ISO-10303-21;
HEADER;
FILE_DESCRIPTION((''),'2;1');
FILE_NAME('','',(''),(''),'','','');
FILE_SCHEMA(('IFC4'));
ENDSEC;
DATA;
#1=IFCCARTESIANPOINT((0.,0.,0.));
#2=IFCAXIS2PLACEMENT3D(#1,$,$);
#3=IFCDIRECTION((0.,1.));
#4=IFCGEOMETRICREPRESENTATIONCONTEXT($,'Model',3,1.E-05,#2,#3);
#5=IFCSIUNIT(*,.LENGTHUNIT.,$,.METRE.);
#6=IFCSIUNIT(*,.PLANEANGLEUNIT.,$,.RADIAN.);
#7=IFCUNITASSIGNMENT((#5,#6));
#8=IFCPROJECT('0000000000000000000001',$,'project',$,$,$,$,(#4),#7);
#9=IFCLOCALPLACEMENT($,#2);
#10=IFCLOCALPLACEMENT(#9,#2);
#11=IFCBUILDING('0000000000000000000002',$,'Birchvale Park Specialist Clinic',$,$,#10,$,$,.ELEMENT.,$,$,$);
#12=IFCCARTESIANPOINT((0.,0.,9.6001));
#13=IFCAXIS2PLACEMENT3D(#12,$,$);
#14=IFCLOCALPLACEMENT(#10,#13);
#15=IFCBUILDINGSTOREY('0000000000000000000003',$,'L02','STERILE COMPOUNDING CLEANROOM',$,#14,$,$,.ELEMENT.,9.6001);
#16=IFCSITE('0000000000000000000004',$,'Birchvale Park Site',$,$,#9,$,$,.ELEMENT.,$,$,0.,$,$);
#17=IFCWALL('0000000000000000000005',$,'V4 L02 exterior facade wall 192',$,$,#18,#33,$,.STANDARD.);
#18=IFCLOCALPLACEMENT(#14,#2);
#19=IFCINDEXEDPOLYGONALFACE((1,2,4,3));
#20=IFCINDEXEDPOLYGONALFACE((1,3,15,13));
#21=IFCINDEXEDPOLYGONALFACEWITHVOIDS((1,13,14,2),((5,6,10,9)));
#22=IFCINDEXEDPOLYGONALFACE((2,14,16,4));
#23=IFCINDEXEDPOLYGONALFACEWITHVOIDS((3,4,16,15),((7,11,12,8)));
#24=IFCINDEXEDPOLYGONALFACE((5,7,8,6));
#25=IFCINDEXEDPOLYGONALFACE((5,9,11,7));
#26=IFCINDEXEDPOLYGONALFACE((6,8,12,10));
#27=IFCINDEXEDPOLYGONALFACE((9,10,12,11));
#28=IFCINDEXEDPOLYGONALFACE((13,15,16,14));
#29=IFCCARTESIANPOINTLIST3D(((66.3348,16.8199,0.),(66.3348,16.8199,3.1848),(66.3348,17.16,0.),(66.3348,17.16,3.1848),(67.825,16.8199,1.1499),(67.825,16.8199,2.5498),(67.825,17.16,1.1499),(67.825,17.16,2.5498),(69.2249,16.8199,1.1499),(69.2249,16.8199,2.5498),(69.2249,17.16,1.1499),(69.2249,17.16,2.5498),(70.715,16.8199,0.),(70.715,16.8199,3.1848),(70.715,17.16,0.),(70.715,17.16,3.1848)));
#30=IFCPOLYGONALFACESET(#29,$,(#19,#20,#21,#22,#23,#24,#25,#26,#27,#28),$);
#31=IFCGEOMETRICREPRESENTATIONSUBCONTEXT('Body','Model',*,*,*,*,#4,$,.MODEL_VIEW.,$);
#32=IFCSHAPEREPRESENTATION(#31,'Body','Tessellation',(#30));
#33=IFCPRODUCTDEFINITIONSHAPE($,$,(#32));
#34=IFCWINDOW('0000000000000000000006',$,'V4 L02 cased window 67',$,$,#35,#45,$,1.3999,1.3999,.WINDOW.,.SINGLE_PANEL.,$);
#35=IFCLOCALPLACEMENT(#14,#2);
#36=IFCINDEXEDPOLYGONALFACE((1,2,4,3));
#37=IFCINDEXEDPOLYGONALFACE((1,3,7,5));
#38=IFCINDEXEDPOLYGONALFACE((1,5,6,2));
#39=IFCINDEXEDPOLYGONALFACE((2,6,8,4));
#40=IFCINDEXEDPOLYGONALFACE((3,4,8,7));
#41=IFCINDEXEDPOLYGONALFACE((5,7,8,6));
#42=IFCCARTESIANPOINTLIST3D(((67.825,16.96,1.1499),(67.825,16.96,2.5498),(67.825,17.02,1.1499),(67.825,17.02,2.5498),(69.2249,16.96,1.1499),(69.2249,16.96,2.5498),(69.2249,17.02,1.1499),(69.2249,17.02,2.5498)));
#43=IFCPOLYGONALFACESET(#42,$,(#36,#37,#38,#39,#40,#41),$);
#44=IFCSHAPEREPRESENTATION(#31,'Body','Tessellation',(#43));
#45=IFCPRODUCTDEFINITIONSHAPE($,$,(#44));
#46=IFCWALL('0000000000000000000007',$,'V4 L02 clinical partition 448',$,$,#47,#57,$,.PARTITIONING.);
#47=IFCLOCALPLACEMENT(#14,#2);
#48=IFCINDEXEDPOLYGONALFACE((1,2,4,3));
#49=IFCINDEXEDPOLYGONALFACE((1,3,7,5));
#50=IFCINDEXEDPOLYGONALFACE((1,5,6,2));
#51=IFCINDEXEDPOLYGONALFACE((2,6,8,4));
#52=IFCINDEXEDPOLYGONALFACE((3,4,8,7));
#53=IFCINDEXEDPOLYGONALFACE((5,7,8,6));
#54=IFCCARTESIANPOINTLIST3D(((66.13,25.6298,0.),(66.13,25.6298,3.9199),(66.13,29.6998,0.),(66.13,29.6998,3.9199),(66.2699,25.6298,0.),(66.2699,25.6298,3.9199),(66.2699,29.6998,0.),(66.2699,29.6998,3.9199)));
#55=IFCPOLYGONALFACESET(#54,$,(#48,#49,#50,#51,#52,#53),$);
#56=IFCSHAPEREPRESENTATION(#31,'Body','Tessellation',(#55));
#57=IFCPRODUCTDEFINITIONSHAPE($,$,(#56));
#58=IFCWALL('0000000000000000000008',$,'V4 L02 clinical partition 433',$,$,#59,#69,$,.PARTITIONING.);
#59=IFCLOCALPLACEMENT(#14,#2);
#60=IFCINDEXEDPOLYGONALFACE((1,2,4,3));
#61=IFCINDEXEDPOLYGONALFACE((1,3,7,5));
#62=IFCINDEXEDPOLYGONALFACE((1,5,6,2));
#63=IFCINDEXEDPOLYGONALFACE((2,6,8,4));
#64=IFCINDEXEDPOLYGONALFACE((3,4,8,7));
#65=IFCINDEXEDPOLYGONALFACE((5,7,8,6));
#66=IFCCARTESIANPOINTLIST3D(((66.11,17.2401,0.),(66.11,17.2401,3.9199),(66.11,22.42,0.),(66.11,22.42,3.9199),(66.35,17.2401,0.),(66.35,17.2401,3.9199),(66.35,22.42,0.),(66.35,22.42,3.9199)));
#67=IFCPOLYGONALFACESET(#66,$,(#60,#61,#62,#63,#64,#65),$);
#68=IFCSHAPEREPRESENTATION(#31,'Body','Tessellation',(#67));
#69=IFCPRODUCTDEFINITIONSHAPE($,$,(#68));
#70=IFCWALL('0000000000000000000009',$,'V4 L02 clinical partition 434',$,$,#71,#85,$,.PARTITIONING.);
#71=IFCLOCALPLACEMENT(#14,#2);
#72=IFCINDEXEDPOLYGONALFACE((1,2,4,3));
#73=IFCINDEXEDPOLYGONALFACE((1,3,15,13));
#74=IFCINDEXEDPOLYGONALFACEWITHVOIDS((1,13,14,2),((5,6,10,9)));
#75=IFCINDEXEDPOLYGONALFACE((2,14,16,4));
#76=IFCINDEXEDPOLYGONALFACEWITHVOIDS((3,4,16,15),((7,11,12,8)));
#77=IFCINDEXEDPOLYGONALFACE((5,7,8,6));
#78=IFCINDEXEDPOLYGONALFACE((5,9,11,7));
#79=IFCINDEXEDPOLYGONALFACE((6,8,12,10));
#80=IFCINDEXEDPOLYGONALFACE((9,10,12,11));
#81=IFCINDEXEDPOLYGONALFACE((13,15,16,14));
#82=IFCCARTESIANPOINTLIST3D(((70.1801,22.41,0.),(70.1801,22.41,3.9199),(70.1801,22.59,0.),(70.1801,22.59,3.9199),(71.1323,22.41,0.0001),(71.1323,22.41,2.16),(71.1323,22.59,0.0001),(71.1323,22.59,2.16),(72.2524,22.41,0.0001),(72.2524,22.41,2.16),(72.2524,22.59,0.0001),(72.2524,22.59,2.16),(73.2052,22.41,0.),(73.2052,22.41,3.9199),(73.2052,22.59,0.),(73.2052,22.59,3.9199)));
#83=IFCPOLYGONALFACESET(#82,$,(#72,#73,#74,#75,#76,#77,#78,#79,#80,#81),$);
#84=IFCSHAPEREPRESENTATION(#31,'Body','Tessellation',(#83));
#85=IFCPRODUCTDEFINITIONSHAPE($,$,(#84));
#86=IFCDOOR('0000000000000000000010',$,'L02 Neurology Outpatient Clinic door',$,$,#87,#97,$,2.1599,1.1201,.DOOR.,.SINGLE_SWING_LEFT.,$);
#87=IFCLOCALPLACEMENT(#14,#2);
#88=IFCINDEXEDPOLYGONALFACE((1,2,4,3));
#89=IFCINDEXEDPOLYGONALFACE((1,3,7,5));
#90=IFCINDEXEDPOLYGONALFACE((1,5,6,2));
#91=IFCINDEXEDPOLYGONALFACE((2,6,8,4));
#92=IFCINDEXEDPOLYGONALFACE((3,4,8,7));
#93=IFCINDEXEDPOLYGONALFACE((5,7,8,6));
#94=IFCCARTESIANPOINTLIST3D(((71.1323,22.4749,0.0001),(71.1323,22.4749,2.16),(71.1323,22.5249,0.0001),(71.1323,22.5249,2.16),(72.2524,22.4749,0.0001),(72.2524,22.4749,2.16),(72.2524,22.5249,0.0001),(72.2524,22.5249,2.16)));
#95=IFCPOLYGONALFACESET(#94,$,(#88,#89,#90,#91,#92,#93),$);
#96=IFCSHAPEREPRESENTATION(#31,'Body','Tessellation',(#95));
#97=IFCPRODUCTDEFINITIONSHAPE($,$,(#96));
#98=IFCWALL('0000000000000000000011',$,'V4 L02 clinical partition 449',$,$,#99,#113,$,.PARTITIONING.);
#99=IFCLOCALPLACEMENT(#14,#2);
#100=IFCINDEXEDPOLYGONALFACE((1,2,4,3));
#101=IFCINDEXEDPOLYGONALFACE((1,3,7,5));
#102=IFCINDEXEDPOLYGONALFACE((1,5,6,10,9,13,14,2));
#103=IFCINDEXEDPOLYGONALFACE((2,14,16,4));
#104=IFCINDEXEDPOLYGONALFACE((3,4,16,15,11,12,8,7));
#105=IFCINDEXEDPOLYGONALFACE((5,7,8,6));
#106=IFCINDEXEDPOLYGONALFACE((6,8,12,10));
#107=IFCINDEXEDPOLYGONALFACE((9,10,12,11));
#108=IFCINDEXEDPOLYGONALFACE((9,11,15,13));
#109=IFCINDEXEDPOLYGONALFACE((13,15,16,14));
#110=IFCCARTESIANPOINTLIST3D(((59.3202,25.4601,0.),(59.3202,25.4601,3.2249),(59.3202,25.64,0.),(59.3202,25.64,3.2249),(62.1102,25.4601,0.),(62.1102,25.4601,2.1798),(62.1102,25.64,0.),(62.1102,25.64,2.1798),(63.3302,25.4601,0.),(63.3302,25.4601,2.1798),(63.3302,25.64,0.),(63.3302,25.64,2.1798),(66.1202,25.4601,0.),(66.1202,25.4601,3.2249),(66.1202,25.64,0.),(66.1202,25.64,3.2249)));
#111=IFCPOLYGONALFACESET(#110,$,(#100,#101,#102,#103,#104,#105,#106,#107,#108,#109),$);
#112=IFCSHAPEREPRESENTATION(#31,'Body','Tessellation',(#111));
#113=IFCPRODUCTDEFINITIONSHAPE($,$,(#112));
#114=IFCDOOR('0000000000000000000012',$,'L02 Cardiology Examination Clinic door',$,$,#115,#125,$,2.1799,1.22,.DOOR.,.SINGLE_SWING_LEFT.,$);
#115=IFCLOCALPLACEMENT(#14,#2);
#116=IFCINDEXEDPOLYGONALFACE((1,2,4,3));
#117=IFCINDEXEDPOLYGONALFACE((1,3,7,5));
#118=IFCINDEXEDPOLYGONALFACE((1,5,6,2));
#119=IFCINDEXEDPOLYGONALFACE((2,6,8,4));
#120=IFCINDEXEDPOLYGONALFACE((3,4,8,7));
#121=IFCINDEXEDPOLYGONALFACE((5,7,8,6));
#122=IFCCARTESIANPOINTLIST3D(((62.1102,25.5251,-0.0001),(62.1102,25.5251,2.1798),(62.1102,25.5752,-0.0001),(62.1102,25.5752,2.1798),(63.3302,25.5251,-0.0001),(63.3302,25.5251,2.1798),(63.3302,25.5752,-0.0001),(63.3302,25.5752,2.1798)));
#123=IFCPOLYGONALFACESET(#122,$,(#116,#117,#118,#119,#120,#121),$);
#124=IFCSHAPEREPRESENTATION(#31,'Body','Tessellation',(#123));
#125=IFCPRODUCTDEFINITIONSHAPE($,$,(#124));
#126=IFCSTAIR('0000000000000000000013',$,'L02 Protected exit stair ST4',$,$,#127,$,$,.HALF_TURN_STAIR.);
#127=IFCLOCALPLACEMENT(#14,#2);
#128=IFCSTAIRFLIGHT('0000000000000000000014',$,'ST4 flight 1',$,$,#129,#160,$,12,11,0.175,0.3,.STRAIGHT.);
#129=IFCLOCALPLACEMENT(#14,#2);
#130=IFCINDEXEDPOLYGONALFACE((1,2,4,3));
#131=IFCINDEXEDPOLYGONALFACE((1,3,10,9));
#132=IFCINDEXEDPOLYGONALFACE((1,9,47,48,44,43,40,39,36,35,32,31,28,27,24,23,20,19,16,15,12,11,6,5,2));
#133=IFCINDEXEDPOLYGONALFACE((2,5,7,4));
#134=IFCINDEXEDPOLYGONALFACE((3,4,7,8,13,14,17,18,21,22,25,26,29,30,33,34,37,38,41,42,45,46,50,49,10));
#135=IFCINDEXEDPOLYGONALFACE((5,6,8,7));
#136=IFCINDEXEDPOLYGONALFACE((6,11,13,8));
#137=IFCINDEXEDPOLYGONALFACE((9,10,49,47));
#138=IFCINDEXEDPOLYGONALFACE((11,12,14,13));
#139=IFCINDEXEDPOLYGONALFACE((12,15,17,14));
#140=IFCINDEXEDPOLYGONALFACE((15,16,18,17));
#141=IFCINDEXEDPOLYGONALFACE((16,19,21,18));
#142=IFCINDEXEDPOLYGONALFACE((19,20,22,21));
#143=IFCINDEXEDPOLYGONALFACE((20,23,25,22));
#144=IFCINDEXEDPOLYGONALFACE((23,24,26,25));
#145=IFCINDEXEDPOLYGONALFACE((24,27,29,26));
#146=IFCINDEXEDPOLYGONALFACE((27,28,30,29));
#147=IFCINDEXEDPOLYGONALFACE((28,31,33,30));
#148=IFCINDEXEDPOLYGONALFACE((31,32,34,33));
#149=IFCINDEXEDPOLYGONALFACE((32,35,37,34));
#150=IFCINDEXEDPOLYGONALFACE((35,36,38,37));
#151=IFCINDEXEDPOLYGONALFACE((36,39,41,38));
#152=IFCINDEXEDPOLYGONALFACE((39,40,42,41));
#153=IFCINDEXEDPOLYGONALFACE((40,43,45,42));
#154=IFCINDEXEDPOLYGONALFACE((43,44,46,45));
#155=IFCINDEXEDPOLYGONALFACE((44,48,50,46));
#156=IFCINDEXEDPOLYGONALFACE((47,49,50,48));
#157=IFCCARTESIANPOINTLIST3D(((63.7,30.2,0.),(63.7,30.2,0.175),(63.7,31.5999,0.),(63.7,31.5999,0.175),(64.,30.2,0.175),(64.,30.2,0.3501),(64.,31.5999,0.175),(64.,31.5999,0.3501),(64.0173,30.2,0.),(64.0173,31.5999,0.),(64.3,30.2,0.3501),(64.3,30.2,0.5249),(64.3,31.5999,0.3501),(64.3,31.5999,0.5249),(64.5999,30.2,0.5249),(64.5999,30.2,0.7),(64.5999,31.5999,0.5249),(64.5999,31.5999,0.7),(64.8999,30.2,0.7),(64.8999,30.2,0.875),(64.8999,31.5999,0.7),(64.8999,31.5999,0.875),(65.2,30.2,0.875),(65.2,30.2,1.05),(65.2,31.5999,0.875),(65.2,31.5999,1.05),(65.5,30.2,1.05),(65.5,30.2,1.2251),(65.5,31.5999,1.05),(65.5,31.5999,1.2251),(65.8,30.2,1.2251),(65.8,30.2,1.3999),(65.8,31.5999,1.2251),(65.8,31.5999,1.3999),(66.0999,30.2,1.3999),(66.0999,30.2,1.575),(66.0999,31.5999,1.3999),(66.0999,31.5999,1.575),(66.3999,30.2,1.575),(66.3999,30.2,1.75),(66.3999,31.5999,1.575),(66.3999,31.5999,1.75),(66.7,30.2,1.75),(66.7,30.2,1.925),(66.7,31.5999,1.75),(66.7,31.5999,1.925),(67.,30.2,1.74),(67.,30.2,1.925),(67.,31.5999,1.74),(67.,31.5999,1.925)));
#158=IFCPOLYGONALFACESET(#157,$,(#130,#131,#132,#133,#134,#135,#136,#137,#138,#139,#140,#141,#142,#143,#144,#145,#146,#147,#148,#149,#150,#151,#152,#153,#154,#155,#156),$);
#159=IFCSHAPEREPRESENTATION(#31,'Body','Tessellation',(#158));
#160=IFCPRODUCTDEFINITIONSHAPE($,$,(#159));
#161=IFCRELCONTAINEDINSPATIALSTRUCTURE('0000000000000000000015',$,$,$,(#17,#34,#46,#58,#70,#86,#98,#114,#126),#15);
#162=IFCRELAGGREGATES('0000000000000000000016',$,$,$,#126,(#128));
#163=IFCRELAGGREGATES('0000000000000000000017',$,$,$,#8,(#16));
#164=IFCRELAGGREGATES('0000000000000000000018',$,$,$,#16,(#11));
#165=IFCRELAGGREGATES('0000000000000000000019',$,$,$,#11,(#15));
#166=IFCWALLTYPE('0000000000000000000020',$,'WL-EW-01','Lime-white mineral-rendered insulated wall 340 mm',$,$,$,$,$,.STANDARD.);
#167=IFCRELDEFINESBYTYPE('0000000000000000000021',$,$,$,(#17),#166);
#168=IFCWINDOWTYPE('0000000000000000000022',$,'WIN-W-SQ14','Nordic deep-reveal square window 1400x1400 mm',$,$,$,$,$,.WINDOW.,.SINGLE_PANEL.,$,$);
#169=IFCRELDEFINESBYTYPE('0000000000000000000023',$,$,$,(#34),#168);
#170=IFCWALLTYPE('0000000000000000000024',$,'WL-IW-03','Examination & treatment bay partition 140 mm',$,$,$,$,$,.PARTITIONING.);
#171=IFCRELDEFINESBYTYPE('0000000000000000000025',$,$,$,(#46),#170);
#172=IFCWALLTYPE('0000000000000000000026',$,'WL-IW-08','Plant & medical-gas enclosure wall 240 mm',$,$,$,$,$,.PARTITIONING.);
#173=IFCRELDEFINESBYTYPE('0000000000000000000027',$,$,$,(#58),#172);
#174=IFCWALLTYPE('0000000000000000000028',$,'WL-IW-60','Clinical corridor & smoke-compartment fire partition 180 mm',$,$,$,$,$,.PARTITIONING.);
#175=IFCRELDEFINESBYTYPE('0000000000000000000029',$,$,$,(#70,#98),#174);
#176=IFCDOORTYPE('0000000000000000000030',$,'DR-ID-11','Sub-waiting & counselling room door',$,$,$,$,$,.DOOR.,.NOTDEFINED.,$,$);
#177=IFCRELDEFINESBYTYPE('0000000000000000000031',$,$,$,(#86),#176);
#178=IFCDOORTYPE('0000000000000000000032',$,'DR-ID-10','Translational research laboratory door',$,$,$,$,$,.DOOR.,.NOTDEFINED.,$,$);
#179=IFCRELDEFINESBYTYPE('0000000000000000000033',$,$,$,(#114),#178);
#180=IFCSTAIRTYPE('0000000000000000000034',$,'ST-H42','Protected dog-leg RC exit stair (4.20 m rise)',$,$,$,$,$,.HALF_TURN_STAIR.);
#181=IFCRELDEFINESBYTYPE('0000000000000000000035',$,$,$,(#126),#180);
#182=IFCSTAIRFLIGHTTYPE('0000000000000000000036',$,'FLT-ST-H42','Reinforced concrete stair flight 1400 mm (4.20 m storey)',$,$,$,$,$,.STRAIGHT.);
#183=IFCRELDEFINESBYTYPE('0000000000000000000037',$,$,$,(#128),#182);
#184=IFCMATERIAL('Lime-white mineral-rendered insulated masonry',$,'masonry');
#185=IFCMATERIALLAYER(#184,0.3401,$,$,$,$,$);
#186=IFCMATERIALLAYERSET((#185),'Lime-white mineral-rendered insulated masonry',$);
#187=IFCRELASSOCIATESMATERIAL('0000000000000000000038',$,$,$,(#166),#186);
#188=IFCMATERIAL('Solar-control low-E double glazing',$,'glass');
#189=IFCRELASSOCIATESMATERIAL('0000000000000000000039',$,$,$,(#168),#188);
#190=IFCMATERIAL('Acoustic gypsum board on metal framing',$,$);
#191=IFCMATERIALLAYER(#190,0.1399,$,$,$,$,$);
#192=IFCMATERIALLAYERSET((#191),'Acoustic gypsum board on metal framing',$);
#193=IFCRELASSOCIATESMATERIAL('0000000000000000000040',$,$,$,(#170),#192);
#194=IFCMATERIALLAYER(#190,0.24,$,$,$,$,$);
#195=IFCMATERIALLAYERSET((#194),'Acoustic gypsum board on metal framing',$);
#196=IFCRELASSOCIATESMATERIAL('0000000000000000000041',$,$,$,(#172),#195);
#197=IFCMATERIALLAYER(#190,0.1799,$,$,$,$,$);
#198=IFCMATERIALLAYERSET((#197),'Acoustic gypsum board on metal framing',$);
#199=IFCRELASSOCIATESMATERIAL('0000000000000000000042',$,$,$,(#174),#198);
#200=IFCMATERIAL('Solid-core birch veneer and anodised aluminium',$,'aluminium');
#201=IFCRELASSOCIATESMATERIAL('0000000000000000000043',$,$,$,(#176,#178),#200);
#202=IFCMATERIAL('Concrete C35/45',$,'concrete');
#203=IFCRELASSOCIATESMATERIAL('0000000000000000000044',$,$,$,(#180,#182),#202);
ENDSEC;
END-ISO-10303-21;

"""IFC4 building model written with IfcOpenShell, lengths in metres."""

from ifc_helpers import new_model, si_unit, direction, frame, frame_2d, origin, place, context, subcontext, project, spatial, polyline, rectangle, outline, extrude, material, layer, layer_set, type_object, element, fill, aggregate, save


model = new_model("IFC4")

# Units and contexts
model_context = context("Model", 3, precision=1e-05, world=origin(), true_north=direction((0.0, 1.0)))
body_context = subcontext(model_context, "Body", "Model", "MODEL_VIEW")
ifc_project = project(units=[si_unit("LENGTHUNIT", "METRE"), si_unit("PLANEANGLEUNIT", "RADIAN")], contexts=[model_context])

# Site, building, storey
site_placement = place(None, origin())
site = spatial("IfcSite", under=ifc_project, at=site_placement, Name="Birchvale Park Site", CompositionType="ELEMENT", RefElevation=0.0)
building_placement = place(site_placement, origin())
building = spatial("IfcBuilding", under=site, at=building_placement, Name="Birchvale Park Specialist Clinic", CompositionType="ELEMENT")
storey_placement = place(building_placement, frame((0.0, 0.0, 9.6001)))
storey = spatial("IfcBuildingStorey", under=building, at=storey_placement, Name="L02", Description="STERILE COMPOUNDING CLEANROOM", CompositionType="ELEMENT", Elevation=9.6001)

# Shared definitions
ifc_material_1 = material(Name="Solid-core birch veneer and anodised aluminium", Category="aluminium")

# Wall, opening, window
ifc_material_2 = material(Name="Lime-white mineral-rendered insulated masonry", Category="masonry")
ifc_layer_1 = layer(ifc_material_2, 0.3401)
ifc_layer_set_1 = layer_set([ifc_layer_1], Name="Lime-white mineral-rendered insulated masonry")
wall_type_1 = type_object("IfcWallType", Name="WL-EW-01", Description="Lime-white mineral-rendered insulated wall 340 mm", PredefinedType="STANDARD", material=ifc_layer_set_1)
wall_1_placement = place(storey_placement, frame((66.335, 16.99, 0.0), z_axis=(0.0, 0.0, 1.0), x_axis=(1.0, 0.0, 0.0)))
wall_1 = element("IfcWall", 1, at=wall_1_placement, inside=storey, type_object=wall_type_1, Name="V4 L02 exterior facade wall 192", PredefinedType="STANDARD", context=body_context, shape_type="SweptSolid", body=[
    extrude(rectangle(XDim=4.3801, YDim=0.3401, at=frame_2d((2.1899, 0.0))), origin(), (0.0, 0.0, 1.0), 3.1848),
])
opening_1_placement = place(wall_1_placement, frame((1.49, 0.0, 1.1499)))
opening_1 = element("IfcOpeningElement", 2, at=opening_1_placement, cuts=wall_1, PredefinedType="OPENING", context=body_context, shape_type="SweptSolid", body=[
    extrude(rectangle(XDim=1.3999, YDim=1.3999, at=frame_2d((0.7, 0.7))), frame((0.0, 0.1802, 0.0), z_axis=(0.0, -1.0, 0.0), x_axis=(1.0, 0.0, 0.0)), (0.0, 0.0, 1.0), 0.3601),
])
ifc_material_3 = material(Name="Solar-control low-E double glazing", Category="glass")
window_type = type_object("IfcWindowType", Name="WIN-W-SQ14", Description="Nordic deep-reveal square window 1400x1400 mm", PartitioningType="SINGLE_PANEL", PredefinedType="WINDOW", material=ifc_material_3)
window_placement = place(opening_1_placement, origin())
window = element("IfcWindow", 3, at=window_placement, inside=storey, type_object=window_type, Name="V4 L02 cased window 67", OverallHeight=1.3999, OverallWidth=1.3999, PartitioningType="SINGLE_PANEL", PredefinedType="WINDOW", context=body_context, shape_type="SweptSolid", body=[
    extrude(rectangle(XDim=1.3999, YDim=1.3999, at=frame_2d((0.7, 0.7))), frame((0.0, 0.03, 0.0), z_axis=(0.0, -1.0, 0.0), x_axis=(1.0, 0.0, 0.0)), (0.0, 0.0, 1.0), 0.0601),
])
fill(opening_1, window)

# Walls
ifc_material_4 = material(Name="Acoustic gypsum board on metal framing")
ifc_layer_2 = layer(ifc_material_4, 0.1399)
ifc_layer_set_2 = layer_set([ifc_layer_2], Name="Acoustic gypsum board on metal framing")
wall_type_2 = type_object("IfcWallType", Name="WL-IW-03", Description="Examination & treatment bay partition 140 mm", PredefinedType="PARTITIONING", material=ifc_layer_set_2)
wall_2_placement = place(storey_placement, frame((66.2, 29.7, 0.0), z_axis=(0.0, 0.0, 1.0), x_axis=(0.0, -1.0, 0.0)))
element("IfcWall", 4, at=wall_2_placement, inside=storey, type_object=wall_type_2, Name="V4 L02 clinical partition 448", PredefinedType="PARTITIONING", context=body_context, shape_type="SweptSolid", body=[
    extrude(rectangle(XDim=4.0701, YDim=0.1399, at=frame_2d((2.0352, 0.0))), origin(), (0.0, 0.0, 1.0), 3.9199),
])
ifc_layer_3 = layer(ifc_material_4, 0.24)
ifc_layer_set_3 = layer_set([ifc_layer_3], Name="Acoustic gypsum board on metal framing")
wall_type_3 = type_object("IfcWallType", Name="WL-IW-08", Description="Plant & medical-gas enclosure wall 240 mm", PredefinedType="PARTITIONING", material=ifc_layer_set_3)
wall_3_placement = place(storey_placement, frame((66.23, 22.4199, 0.0), z_axis=(0.0, 0.0, 1.0), x_axis=(0.0, -1.0, 0.0)))
element("IfcWall", 5, at=wall_3_placement, inside=storey, type_object=wall_type_3, Name="V4 L02 clinical partition 433", PredefinedType="PARTITIONING", context=body_context, shape_type="SweptSolid", body=[
    extrude(rectangle(XDim=5.1799, YDim=0.24, at=frame_2d((2.5898, 0.0))), origin(), (0.0, 0.0, 1.0), 3.9199),
])

# Walls, openings, doors
ifc_layer_4 = layer(ifc_material_4, 0.1799)
ifc_layer_set_4 = layer_set([ifc_layer_4], Name="Acoustic gypsum board on metal framing")
wall_type_4 = type_object("IfcWallType", Name="WL-IW-60", Description="Clinical corridor & smoke-compartment fire partition 180 mm", PredefinedType="PARTITIONING", material=ifc_layer_set_4)
wall_4_placement = place(storey_placement, frame((70.1799, 22.5, 0.0), z_axis=(0.0, 0.0, 1.0), x_axis=(1.0, 0.0, 0.0)))
wall_4 = element("IfcWall", 6, at=wall_4_placement, inside=storey, type_object=wall_type_4, Name="V4 L02 clinical partition 434", PredefinedType="PARTITIONING", context=body_context, shape_type="SweptSolid", body=[
    extrude(rectangle(XDim=3.0251, YDim=0.1799, at=frame_2d((1.5127, 0.0))), origin(), (0.0, 0.0, 1.0), 3.9199),
])
opening_2_placement = place(wall_4_placement, frame((0.9524, 0.0, 0.0)))
opening_2 = element("IfcOpeningElement", 7, at=opening_2_placement, cuts=wall_4, PredefinedType="OPENING", context=body_context, shape_type="SweptSolid", body=[
    extrude(rectangle(XDim=1.1201, YDim=2.1599, at=frame_2d((0.5601, 1.0801))), frame((0.0, 0.1001, 0.0), z_axis=(0.0, -1.0, 0.0), x_axis=(1.0, 0.0, 0.0)), (0.0, 0.0, 1.0), 0.2),
])
door_type_1 = type_object("IfcDoorType", Name="DR-ID-11", Description="Sub-waiting & counselling room door", OperationType="NOTDEFINED", PredefinedType="DOOR", material=ifc_material_1)
door_1_placement = place(opening_2_placement, origin())
door_1 = element("IfcDoor", 8, at=door_1_placement, inside=storey, type_object=door_type_1, Name="L02 Neurology Outpatient Clinic door", OperationType="SINGLE_SWING_LEFT", OverallHeight=2.1599, OverallWidth=1.1201, PredefinedType="DOOR", context=body_context, shape_type="SweptSolid", body=[
    extrude(rectangle(XDim=1.1201, YDim=2.1599, at=frame_2d((0.5601, 1.0801))), frame((0.0, 0.0249, 0.0), z_axis=(0.0, -1.0, 0.0), x_axis=(1.0, 0.0, 0.0)), (0.0, 0.0, 1.0), 0.05),
])
fill(opening_2, door_1)
wall_5_placement = place(storey_placement, frame((66.1201, 25.55, 0.0), z_axis=(0.0, 0.0, 1.0), x_axis=(-1.0, 0.0, 0.0)))
wall_5 = element("IfcWall", 9, at=wall_5_placement, inside=storey, type_object=wall_type_4, Name="V4 L02 clinical partition 449", PredefinedType="PARTITIONING", context=body_context, shape_type="SweptSolid", body=[
    extrude(rectangle(XDim=6.8, YDim=0.1799, at=frame_2d((3.3999, 0.0))), origin(), (0.0, 0.0, 1.0), 3.2249),
])
opening_3_placement = place(wall_5_placement, frame((2.79, 0.0, 0.0)))
opening_3 = element("IfcOpeningElement", 10, at=opening_3_placement, cuts=wall_5, PredefinedType="OPENING", context=body_context, shape_type="SweptSolid", body=[
    extrude(rectangle(XDim=1.22, YDim=2.1799, at=frame_2d((0.6099, 1.0898))), frame((0.0, 0.1001, 0.0), z_axis=(0.0, -1.0, 0.0), x_axis=(1.0, 0.0, 0.0)), (0.0, 0.0, 1.0), 0.2),
])
door_type_2 = type_object("IfcDoorType", Name="DR-ID-10", Description="Translational research laboratory door", OperationType="NOTDEFINED", PredefinedType="DOOR", material=ifc_material_1)
door_2_placement = place(opening_3_placement, origin())
door_2 = element("IfcDoor", 11, at=door_2_placement, inside=storey, type_object=door_type_2, Name="L02 Cardiology Examination Clinic door", OperationType="SINGLE_SWING_LEFT", OverallHeight=2.1799, OverallWidth=1.22, PredefinedType="DOOR", context=body_context, shape_type="SweptSolid", body=[
    extrude(rectangle(XDim=1.22, YDim=2.1799, at=frame_2d((0.6099, 1.0898))), frame((0.0, 0.0249, 0.0), z_axis=(0.0, -1.0, 0.0), x_axis=(1.0, 0.0, 0.0)), (0.0, 0.0, 1.0), 0.05),
])
fill(opening_3, door_2)

# Stair, stair flight
ifc_material_5 = material(Name="Concrete C35/45", Category="concrete")
stair_type = type_object("IfcStairType", Name="ST-H42", Description="Protected dog-leg RC exit stair (4.20 m rise)", PredefinedType="HALF_TURN_STAIR", material=ifc_material_5)
stair_placement = place(storey_placement, origin())
stair = element("IfcStair", 12, at=stair_placement, inside=storey, type_object=stair_type, Name="L02 Protected exit stair ST4", PredefinedType="HALF_TURN_STAIR")
stair_flight_type = type_object("IfcStairFlightType", Name="FLT-ST-H42", Description="Reinforced concrete stair flight 1400 mm (4.20 m storey)", PredefinedType="STRAIGHT", material=ifc_material_5)
stair_flight_placement = place(storey_placement, frame((63.7, 30.8999, 0.0), z_axis=(0.0, 0.0, 1.0), x_axis=(1.0, 0.0, 0.0)))
stair_flight = element("IfcStairFlight", 13, at=stair_flight_placement, type_object=stair_flight_type, Name="ST4 flight 1", NumberOfRisers=12, NumberOfTreads=11, PredefinedType="STRAIGHT", RiserHeight=0.175, TreadLength=0.3, context=body_context, shape_type="SweptSolid", body=[
    extrude(outline(polyline([(0.0, 0.0), (0.0, 0.175), (0.3, 0.175), (0.3, 0.3501), (0.6001, 0.3501), (0.6001, 0.5249), (0.8999, 0.5249), (0.8999, 0.7), (1.2, 0.7), (1.2, 0.875), (1.5, 0.875), (1.5, 1.05), (1.8, 1.05), (1.8, 1.2251), (2.1001, 1.2251), (2.1001, 1.3999), (2.3999, 1.3999), (2.3999, 1.575), (2.7, 1.575), (2.7, 1.75), (3.0, 1.75), (3.0, 1.925), (3.3, 1.925), (3.3, 2.1001), (3.3, 1.74), (0.3174, 0.0), (0.0, 0.0)])), frame((0.0, 0.7, 0.0), z_axis=(0.0, -1.0, 0.0), x_axis=(1.0, 0.0, 0.0)), (0.0, 0.0, 1.0), 1.3999),
])
aggregate(stair, [stair_flight])

save(model, "model.ifc")
